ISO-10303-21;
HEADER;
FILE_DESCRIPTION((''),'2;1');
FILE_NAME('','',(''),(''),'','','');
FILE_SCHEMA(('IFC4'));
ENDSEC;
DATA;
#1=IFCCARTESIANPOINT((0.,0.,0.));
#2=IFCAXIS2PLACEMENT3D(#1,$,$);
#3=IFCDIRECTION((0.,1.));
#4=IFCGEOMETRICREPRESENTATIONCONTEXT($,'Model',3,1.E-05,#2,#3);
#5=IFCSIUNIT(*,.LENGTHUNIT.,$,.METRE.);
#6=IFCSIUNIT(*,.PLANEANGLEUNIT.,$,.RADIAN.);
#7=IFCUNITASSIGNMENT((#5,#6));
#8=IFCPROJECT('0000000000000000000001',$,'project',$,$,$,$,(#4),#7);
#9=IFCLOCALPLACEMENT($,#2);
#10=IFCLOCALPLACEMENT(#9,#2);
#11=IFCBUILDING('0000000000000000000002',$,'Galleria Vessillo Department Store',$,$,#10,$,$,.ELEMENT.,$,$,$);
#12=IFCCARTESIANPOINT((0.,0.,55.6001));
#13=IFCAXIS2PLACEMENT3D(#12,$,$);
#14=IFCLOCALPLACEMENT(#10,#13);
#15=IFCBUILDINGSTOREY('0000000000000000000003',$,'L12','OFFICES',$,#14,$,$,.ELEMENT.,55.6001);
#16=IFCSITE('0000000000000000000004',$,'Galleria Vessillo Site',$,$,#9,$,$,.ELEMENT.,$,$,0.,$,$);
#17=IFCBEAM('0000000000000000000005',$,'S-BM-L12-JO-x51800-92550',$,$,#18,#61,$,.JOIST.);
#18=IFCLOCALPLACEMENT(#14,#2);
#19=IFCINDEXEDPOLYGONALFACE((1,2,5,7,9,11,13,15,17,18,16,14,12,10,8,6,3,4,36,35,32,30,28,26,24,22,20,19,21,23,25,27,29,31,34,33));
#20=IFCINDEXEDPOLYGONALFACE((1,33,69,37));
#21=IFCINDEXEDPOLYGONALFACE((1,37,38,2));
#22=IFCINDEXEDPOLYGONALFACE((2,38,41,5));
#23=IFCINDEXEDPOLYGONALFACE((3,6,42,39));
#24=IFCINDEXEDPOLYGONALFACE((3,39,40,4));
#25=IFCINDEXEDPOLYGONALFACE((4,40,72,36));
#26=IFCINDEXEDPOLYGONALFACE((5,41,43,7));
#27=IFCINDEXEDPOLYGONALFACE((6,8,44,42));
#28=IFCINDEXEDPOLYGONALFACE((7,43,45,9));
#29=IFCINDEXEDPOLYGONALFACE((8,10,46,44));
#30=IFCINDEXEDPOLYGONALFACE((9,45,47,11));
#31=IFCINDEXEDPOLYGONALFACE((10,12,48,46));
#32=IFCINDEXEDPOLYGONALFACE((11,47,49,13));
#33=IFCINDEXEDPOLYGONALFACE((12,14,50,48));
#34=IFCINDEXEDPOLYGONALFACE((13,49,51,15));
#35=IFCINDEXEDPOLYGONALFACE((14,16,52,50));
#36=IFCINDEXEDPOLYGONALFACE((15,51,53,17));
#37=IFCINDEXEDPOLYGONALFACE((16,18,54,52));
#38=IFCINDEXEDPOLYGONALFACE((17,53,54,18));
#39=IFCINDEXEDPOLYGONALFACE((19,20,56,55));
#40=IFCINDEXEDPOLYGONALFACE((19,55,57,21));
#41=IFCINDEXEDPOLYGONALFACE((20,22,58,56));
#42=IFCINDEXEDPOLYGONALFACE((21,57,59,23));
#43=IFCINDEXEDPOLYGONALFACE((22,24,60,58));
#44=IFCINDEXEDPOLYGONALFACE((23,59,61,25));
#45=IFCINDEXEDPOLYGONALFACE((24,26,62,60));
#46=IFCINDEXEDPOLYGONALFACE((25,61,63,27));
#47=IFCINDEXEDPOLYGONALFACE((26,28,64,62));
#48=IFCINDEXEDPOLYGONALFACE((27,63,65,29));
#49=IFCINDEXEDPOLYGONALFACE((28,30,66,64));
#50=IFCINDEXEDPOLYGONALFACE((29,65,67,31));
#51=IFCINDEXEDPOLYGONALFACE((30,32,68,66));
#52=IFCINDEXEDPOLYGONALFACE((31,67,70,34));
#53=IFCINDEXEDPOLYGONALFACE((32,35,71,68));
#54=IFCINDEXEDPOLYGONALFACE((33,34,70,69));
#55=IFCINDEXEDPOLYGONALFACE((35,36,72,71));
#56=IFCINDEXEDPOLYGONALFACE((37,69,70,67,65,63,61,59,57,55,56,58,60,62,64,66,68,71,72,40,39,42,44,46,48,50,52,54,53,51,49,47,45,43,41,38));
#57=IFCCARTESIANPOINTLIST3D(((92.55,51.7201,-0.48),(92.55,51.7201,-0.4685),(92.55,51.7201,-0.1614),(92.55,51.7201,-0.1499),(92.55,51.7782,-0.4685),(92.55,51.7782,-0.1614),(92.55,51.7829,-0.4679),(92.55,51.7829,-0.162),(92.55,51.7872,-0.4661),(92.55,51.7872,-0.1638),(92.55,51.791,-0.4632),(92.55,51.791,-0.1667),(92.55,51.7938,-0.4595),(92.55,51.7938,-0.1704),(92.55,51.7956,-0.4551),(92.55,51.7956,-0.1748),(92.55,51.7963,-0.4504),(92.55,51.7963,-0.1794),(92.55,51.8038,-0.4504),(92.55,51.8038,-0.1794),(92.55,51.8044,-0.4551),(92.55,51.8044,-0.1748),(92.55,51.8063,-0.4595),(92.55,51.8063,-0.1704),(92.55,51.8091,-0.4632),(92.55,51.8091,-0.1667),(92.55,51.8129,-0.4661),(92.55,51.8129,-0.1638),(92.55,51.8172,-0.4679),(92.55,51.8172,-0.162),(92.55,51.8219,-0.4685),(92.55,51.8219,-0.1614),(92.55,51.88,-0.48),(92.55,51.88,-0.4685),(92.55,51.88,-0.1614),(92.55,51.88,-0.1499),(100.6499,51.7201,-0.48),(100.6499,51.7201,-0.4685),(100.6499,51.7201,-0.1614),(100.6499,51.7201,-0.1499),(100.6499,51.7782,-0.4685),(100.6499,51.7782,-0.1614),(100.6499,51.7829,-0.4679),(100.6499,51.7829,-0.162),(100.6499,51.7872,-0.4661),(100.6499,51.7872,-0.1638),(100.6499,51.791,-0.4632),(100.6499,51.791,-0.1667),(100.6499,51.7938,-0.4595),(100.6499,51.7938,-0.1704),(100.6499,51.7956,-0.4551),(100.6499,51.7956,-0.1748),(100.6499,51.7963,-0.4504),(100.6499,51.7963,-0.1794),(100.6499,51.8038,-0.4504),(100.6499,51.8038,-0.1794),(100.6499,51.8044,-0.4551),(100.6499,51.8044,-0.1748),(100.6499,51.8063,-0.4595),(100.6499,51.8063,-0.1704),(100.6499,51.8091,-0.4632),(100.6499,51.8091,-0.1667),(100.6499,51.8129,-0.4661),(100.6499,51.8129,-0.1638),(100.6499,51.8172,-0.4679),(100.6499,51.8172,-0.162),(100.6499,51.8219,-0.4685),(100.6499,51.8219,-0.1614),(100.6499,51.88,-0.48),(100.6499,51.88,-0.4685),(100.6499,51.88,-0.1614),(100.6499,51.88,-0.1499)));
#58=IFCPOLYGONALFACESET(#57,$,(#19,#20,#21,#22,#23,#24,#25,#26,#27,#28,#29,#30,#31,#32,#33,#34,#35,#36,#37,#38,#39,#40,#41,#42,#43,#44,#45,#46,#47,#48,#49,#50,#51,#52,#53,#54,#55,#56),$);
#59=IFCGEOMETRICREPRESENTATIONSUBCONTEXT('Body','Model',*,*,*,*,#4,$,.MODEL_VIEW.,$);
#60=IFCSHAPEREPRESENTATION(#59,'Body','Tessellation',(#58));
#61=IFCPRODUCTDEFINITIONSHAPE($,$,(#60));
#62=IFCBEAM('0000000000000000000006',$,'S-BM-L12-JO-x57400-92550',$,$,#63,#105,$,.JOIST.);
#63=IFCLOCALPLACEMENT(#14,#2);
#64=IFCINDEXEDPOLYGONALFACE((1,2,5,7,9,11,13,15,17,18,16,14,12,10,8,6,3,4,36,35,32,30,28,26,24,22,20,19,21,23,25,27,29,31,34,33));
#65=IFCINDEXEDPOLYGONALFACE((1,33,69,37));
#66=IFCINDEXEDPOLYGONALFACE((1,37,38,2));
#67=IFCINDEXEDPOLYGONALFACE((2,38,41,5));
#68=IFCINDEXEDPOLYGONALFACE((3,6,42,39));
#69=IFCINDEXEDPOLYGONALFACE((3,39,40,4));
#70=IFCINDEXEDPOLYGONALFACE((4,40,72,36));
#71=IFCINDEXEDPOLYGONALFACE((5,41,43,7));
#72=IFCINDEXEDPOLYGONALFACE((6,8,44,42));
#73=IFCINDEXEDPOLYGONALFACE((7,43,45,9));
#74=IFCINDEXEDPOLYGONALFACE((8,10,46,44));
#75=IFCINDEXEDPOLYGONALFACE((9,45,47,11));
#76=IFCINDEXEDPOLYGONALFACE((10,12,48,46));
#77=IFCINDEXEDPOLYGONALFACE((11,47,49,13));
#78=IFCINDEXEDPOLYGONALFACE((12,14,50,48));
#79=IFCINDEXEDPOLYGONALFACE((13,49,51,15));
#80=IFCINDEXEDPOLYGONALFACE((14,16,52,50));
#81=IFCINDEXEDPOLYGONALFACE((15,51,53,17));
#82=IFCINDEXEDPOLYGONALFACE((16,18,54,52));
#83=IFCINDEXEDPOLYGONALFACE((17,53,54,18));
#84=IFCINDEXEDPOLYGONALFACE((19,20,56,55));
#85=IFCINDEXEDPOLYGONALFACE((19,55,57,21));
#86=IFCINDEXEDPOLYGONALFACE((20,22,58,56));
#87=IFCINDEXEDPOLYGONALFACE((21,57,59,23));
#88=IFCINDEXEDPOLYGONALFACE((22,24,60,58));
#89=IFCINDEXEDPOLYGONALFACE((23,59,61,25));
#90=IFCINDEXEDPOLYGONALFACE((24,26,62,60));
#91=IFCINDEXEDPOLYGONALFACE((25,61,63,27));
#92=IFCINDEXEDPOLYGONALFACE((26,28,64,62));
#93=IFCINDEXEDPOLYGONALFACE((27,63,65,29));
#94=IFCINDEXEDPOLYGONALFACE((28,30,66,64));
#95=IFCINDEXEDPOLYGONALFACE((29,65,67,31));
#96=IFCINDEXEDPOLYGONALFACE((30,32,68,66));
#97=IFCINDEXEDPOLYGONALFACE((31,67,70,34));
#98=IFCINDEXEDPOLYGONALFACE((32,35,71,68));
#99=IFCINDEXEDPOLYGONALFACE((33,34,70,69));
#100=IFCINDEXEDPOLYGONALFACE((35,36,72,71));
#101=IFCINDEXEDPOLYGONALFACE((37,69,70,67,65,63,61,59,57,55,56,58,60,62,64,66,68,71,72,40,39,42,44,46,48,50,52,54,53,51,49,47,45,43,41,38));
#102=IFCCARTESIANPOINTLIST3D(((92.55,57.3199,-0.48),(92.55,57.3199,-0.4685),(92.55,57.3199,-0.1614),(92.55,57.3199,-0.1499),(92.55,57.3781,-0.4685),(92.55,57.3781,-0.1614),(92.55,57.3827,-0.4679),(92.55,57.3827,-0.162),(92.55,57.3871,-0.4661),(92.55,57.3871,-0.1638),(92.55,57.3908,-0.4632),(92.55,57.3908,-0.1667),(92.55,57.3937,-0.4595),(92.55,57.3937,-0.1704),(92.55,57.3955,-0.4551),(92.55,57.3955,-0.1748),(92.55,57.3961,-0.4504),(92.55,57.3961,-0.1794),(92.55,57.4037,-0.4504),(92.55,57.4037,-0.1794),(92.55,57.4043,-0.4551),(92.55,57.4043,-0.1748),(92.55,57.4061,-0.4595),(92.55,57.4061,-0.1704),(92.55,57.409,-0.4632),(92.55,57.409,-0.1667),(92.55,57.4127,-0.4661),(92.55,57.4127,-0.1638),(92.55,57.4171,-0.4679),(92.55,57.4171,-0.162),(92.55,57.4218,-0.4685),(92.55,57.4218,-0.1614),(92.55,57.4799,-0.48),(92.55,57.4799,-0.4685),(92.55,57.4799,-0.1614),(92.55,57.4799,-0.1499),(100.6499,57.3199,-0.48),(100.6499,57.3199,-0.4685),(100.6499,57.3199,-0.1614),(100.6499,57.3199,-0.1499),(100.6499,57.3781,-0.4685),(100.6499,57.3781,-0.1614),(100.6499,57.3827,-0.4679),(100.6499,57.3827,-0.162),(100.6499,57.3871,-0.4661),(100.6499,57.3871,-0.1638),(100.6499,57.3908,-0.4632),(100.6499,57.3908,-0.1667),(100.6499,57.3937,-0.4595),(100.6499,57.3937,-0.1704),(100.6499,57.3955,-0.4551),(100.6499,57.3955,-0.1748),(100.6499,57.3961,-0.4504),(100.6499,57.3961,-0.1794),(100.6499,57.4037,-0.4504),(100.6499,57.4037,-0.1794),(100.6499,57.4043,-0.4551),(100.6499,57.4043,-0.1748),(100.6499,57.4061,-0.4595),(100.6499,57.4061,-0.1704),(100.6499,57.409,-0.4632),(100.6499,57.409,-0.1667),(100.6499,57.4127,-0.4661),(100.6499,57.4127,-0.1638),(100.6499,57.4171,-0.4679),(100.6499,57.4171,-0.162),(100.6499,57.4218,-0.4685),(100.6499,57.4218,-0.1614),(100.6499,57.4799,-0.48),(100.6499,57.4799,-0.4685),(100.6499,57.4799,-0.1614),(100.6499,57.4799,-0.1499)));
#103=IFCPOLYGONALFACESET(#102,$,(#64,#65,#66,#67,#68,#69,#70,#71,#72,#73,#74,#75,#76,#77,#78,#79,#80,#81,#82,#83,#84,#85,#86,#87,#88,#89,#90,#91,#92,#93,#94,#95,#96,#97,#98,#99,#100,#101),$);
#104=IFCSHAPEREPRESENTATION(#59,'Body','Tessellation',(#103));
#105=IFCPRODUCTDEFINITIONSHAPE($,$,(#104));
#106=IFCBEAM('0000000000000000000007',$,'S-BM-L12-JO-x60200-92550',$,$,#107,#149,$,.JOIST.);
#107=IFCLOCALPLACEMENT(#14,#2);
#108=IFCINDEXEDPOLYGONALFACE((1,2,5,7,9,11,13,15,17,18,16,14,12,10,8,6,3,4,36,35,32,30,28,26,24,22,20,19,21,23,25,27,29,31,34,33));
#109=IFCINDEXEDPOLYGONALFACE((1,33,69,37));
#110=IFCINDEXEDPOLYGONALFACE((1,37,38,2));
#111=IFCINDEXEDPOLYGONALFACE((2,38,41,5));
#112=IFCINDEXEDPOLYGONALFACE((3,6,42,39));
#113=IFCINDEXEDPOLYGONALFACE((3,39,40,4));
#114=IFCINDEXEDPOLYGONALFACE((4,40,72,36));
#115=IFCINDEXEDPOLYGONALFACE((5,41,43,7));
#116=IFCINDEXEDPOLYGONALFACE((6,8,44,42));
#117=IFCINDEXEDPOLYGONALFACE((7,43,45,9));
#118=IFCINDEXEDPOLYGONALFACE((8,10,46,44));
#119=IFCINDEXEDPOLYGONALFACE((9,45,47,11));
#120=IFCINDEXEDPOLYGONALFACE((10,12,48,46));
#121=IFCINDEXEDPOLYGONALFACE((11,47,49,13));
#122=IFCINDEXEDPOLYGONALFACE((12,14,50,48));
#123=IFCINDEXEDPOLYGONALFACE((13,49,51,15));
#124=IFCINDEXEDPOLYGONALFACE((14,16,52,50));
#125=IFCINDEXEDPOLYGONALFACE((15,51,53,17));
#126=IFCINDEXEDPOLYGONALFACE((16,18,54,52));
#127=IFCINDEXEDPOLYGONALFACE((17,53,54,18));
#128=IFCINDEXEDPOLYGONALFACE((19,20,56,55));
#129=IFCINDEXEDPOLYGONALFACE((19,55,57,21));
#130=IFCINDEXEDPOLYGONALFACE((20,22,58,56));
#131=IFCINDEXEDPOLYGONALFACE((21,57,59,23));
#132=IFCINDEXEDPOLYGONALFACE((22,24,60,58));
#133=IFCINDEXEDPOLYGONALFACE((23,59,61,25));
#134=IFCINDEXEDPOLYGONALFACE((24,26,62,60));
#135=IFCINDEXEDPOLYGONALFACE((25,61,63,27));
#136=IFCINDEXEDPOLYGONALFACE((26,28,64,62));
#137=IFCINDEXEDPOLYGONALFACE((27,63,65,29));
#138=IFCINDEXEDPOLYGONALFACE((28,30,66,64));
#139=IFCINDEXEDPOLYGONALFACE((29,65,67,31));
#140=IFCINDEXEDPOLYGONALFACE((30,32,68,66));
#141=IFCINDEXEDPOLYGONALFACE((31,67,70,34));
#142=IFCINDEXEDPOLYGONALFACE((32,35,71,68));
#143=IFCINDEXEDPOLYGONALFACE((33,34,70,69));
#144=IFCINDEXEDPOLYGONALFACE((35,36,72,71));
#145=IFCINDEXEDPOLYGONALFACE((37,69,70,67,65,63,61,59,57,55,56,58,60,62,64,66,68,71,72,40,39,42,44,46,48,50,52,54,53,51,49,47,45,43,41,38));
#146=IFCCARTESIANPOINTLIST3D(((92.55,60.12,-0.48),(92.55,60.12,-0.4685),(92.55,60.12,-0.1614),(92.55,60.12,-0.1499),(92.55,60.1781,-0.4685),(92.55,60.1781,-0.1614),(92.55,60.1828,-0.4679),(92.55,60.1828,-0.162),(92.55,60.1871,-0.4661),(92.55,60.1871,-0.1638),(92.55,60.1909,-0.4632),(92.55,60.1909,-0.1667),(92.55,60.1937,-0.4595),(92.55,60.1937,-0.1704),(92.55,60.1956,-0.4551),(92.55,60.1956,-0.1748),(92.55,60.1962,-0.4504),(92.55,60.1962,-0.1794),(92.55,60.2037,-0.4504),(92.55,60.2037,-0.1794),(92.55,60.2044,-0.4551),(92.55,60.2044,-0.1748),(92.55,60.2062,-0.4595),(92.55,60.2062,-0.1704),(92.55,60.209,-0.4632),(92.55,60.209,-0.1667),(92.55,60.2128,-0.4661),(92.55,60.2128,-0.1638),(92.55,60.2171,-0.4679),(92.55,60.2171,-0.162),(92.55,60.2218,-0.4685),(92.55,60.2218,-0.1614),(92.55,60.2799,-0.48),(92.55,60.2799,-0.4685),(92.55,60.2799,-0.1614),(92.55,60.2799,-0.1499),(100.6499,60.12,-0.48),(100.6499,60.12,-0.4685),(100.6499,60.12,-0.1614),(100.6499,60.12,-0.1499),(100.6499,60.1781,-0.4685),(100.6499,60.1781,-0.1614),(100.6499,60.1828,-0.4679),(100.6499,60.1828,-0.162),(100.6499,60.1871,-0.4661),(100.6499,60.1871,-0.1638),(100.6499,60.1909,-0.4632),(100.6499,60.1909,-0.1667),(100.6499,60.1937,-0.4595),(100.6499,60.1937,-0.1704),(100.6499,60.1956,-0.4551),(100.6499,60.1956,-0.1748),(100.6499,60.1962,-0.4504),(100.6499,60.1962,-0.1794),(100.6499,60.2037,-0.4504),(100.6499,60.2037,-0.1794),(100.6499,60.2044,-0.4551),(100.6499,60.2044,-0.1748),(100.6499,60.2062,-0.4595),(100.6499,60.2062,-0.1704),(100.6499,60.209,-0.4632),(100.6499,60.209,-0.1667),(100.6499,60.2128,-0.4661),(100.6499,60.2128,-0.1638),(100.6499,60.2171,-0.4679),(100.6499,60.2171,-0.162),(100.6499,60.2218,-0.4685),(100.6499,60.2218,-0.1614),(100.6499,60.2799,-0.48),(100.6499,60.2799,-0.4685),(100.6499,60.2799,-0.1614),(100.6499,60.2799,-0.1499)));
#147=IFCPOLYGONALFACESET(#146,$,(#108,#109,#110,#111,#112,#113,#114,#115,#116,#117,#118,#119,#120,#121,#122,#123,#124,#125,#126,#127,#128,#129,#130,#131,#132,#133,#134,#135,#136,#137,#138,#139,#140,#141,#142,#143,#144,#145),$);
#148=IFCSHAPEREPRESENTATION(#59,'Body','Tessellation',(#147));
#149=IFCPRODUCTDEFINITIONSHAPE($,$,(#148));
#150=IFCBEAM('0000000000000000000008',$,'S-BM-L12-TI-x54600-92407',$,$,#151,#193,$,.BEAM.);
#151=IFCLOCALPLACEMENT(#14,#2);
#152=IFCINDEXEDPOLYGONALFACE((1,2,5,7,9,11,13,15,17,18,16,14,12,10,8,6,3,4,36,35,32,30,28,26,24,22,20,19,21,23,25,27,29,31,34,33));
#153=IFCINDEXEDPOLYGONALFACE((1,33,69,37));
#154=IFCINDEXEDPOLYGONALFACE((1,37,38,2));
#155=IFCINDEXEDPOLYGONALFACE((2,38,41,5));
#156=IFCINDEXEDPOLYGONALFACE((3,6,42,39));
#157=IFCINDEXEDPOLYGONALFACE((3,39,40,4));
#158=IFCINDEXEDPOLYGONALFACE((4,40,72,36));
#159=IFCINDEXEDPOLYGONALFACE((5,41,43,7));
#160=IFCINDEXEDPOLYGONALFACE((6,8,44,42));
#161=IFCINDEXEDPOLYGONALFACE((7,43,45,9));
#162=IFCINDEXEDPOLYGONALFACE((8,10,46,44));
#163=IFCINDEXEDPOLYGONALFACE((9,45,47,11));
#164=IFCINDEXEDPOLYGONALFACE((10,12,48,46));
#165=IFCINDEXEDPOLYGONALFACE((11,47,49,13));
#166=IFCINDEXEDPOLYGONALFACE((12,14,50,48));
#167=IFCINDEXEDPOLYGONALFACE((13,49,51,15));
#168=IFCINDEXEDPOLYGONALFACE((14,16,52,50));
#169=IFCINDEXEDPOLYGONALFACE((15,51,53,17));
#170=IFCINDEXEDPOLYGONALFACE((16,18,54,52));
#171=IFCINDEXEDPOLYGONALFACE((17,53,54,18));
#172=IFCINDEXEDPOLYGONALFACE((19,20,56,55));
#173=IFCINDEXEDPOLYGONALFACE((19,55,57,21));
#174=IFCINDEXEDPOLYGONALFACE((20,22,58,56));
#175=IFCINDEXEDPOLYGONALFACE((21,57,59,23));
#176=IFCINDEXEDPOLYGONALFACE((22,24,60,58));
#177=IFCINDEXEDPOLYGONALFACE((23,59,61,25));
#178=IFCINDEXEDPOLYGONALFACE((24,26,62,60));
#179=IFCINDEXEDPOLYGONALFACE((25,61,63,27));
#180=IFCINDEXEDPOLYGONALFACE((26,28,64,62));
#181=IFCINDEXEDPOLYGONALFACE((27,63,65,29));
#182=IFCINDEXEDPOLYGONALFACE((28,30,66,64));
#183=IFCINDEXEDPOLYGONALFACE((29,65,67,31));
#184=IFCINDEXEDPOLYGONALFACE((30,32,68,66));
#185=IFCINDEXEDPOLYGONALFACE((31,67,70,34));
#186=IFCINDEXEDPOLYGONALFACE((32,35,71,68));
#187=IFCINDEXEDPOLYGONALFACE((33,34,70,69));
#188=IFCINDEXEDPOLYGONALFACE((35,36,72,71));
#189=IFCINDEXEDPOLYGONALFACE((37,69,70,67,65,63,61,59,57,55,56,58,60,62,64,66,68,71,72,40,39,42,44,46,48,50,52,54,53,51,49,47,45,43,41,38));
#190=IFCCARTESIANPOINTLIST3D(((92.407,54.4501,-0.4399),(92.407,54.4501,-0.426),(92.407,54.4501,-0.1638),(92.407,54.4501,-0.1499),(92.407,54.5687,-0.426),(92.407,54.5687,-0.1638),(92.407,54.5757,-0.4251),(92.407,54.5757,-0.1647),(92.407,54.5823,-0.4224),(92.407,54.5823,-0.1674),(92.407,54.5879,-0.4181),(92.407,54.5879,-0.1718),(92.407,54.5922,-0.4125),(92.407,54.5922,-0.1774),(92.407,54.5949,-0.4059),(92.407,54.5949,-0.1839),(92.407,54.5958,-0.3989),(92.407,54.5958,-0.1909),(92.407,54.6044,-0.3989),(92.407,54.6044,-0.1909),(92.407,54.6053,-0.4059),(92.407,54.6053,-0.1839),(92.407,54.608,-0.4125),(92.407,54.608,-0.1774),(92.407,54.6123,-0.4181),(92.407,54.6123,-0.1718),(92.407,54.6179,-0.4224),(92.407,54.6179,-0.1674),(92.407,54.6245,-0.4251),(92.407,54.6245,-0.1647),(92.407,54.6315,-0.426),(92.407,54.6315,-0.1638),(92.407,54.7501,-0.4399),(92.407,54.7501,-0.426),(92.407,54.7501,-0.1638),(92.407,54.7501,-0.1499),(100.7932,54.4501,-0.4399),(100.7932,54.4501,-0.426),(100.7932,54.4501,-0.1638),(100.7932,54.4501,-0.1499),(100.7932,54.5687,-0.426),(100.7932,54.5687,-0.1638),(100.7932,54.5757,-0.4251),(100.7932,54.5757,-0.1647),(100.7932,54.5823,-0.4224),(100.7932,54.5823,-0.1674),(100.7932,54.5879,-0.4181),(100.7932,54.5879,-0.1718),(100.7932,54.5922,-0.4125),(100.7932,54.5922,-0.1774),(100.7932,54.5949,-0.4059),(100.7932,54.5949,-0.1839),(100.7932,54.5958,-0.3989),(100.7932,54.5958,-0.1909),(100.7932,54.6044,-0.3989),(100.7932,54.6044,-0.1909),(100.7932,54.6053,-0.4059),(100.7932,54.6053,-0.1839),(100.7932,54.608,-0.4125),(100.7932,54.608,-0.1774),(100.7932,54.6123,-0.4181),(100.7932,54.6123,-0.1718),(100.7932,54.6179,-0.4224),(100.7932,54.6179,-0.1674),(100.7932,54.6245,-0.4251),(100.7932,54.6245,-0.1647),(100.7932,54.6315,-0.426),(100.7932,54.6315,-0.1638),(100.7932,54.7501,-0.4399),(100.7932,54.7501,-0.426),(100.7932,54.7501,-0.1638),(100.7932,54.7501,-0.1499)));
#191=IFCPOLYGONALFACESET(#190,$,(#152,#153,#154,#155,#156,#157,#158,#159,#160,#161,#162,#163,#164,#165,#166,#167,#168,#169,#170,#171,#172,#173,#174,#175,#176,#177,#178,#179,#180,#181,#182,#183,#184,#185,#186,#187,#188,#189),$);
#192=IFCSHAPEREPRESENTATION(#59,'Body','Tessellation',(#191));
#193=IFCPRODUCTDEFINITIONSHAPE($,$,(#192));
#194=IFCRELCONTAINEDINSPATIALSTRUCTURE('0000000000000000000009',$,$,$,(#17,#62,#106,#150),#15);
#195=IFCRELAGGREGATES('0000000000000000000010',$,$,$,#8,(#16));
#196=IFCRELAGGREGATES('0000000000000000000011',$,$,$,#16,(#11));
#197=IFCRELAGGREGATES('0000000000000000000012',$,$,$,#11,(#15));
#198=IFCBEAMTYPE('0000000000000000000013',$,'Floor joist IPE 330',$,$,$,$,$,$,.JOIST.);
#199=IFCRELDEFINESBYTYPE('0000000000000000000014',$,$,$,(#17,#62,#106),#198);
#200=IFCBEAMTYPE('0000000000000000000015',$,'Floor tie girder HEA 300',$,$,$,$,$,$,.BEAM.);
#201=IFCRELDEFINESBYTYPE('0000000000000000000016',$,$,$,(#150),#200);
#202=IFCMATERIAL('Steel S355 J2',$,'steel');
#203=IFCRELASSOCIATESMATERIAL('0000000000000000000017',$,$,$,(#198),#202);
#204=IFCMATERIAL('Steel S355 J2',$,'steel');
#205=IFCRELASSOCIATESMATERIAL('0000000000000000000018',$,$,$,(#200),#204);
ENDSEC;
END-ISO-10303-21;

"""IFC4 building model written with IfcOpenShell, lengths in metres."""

from ifc_helpers import new_model, si_unit, direction, frame, origin, origin_2d, place, context, subcontext, project, spatial, i_section, extrude, material, material_profile, profile_set, type_object, element, save


model = new_model("IFC4")

# Units and contexts
model_context = context("Model", 3, precision=1e-05, world=origin(), true_north=direction((0.0, 1.0)))
body_context = subcontext(model_context, "Body", "Model", "MODEL_VIEW")
ifc_project = project(units=[si_unit("LENGTHUNIT", "METRE"), si_unit("PLANEANGLEUNIT", "RADIAN")], contexts=[model_context])

# Site, building, storey
site_placement = place(None, origin())
site = spatial("IfcSite", under=ifc_project, at=site_placement, Name="Galleria Vessillo Site", CompositionType="ELEMENT", RefElevation=0.0)
building_placement = place(site_placement, origin())
building = spatial("IfcBuilding", under=site, at=building_placement, Name="Galleria Vessillo Department Store", CompositionType="ELEMENT")
storey_placement = place(building_placement, frame((0.0, 0.0, 55.6001)))
storey = spatial("IfcBuildingStorey", under=building, at=storey_placement, Name="L12", Description="OFFICES", CompositionType="ELEMENT", Elevation=55.6001)

# Beams
ifc_material_1 = material(Name="Steel S355 J2", Category="steel")
ifc_material_profile_1 = material_profile(ifc_material_1, i_section(OverallWidth=0.1599, OverallDepth=0.3301, WebThickness=0.0076, FlangeThickness=0.0115, FilletRadius=0.0181, at=origin_2d()), Name="IPE 330")
ifc_profile_set_1 = profile_set([ifc_material_profile_1], Name="Steel S355 J2")
beam_type_1 = type_object("IfcBeamType", Name="Floor joist IPE 330", PredefinedType="JOIST", material=ifc_profile_set_1)
for number, where, z_axis, x_axis, name in (
    (1, (92.55, 51.8, -0.3149), (1.0, 0.0, 0.0), (0.0, 1.0, 0.0), "S-BM-L12-JO-x51800-92550"),
    (2, (92.55, 57.3999, -0.3149), (1.0, 0.0, 0.0), (0.0, 1.0, 0.0), "S-BM-L12-JO-x57400-92550"),
    (3, (92.55, 60.2, -0.3149), (1.0, 0.0, 0.0), (0.0, 1.0, 0.0), "S-BM-L12-JO-x60200-92550"),
):
    element("IfcBeam", number, at=place(storey_placement, frame(where, z_axis=z_axis, x_axis=x_axis)), inside=storey, type_object=beam_type_1, Name=name, PredefinedType="JOIST", context=body_context, shape_type="SweptSolid", body=[
        extrude(i_section(OverallWidth=0.1599, OverallDepth=0.3301, WebThickness=0.0076, FlangeThickness=0.0115, FilletRadius=0.0181, at=origin_2d()), origin(), (0.0, 0.0, 1.0), 8.0999),
    ])
ifc_material_2 = material(Name="Steel S355 J2", Category="steel")
ifc_material_profile_2 = material_profile(ifc_material_2, i_section(OverallWidth=0.3, OverallDepth=0.29, WebThickness=0.0085, FlangeThickness=0.0139, FilletRadius=0.0271, at=origin_2d()), Name="HEA 300")
ifc_profile_set_2 = profile_set([ifc_material_profile_2], Name="Steel S355 J2")
beam_type_2 = type_object("IfcBeamType", Name="Floor tie girder HEA 300", PredefinedType="BEAM", material=ifc_profile_set_2)
beam_placement = place(storey_placement, frame((92.407, 54.6001, -0.2949), z_axis=(1.0, 0.0, 0.0), x_axis=(0.0, 1.0, 0.0)))
element("IfcBeam", 4, at=beam_placement, inside=storey, type_object=beam_type_2, Name="S-BM-L12-TI-x54600-92407", PredefinedType="BEAM", context=body_context, shape_type="SweptSolid", body=[
    extrude(i_section(OverallWidth=0.3, OverallDepth=0.29, WebThickness=0.0085, FlangeThickness=0.0139, FilletRadius=0.0271, at=origin_2d()), origin(), (0.0, 0.0, 1.0), 8.3862),
])

save(model, "model.ifc")
